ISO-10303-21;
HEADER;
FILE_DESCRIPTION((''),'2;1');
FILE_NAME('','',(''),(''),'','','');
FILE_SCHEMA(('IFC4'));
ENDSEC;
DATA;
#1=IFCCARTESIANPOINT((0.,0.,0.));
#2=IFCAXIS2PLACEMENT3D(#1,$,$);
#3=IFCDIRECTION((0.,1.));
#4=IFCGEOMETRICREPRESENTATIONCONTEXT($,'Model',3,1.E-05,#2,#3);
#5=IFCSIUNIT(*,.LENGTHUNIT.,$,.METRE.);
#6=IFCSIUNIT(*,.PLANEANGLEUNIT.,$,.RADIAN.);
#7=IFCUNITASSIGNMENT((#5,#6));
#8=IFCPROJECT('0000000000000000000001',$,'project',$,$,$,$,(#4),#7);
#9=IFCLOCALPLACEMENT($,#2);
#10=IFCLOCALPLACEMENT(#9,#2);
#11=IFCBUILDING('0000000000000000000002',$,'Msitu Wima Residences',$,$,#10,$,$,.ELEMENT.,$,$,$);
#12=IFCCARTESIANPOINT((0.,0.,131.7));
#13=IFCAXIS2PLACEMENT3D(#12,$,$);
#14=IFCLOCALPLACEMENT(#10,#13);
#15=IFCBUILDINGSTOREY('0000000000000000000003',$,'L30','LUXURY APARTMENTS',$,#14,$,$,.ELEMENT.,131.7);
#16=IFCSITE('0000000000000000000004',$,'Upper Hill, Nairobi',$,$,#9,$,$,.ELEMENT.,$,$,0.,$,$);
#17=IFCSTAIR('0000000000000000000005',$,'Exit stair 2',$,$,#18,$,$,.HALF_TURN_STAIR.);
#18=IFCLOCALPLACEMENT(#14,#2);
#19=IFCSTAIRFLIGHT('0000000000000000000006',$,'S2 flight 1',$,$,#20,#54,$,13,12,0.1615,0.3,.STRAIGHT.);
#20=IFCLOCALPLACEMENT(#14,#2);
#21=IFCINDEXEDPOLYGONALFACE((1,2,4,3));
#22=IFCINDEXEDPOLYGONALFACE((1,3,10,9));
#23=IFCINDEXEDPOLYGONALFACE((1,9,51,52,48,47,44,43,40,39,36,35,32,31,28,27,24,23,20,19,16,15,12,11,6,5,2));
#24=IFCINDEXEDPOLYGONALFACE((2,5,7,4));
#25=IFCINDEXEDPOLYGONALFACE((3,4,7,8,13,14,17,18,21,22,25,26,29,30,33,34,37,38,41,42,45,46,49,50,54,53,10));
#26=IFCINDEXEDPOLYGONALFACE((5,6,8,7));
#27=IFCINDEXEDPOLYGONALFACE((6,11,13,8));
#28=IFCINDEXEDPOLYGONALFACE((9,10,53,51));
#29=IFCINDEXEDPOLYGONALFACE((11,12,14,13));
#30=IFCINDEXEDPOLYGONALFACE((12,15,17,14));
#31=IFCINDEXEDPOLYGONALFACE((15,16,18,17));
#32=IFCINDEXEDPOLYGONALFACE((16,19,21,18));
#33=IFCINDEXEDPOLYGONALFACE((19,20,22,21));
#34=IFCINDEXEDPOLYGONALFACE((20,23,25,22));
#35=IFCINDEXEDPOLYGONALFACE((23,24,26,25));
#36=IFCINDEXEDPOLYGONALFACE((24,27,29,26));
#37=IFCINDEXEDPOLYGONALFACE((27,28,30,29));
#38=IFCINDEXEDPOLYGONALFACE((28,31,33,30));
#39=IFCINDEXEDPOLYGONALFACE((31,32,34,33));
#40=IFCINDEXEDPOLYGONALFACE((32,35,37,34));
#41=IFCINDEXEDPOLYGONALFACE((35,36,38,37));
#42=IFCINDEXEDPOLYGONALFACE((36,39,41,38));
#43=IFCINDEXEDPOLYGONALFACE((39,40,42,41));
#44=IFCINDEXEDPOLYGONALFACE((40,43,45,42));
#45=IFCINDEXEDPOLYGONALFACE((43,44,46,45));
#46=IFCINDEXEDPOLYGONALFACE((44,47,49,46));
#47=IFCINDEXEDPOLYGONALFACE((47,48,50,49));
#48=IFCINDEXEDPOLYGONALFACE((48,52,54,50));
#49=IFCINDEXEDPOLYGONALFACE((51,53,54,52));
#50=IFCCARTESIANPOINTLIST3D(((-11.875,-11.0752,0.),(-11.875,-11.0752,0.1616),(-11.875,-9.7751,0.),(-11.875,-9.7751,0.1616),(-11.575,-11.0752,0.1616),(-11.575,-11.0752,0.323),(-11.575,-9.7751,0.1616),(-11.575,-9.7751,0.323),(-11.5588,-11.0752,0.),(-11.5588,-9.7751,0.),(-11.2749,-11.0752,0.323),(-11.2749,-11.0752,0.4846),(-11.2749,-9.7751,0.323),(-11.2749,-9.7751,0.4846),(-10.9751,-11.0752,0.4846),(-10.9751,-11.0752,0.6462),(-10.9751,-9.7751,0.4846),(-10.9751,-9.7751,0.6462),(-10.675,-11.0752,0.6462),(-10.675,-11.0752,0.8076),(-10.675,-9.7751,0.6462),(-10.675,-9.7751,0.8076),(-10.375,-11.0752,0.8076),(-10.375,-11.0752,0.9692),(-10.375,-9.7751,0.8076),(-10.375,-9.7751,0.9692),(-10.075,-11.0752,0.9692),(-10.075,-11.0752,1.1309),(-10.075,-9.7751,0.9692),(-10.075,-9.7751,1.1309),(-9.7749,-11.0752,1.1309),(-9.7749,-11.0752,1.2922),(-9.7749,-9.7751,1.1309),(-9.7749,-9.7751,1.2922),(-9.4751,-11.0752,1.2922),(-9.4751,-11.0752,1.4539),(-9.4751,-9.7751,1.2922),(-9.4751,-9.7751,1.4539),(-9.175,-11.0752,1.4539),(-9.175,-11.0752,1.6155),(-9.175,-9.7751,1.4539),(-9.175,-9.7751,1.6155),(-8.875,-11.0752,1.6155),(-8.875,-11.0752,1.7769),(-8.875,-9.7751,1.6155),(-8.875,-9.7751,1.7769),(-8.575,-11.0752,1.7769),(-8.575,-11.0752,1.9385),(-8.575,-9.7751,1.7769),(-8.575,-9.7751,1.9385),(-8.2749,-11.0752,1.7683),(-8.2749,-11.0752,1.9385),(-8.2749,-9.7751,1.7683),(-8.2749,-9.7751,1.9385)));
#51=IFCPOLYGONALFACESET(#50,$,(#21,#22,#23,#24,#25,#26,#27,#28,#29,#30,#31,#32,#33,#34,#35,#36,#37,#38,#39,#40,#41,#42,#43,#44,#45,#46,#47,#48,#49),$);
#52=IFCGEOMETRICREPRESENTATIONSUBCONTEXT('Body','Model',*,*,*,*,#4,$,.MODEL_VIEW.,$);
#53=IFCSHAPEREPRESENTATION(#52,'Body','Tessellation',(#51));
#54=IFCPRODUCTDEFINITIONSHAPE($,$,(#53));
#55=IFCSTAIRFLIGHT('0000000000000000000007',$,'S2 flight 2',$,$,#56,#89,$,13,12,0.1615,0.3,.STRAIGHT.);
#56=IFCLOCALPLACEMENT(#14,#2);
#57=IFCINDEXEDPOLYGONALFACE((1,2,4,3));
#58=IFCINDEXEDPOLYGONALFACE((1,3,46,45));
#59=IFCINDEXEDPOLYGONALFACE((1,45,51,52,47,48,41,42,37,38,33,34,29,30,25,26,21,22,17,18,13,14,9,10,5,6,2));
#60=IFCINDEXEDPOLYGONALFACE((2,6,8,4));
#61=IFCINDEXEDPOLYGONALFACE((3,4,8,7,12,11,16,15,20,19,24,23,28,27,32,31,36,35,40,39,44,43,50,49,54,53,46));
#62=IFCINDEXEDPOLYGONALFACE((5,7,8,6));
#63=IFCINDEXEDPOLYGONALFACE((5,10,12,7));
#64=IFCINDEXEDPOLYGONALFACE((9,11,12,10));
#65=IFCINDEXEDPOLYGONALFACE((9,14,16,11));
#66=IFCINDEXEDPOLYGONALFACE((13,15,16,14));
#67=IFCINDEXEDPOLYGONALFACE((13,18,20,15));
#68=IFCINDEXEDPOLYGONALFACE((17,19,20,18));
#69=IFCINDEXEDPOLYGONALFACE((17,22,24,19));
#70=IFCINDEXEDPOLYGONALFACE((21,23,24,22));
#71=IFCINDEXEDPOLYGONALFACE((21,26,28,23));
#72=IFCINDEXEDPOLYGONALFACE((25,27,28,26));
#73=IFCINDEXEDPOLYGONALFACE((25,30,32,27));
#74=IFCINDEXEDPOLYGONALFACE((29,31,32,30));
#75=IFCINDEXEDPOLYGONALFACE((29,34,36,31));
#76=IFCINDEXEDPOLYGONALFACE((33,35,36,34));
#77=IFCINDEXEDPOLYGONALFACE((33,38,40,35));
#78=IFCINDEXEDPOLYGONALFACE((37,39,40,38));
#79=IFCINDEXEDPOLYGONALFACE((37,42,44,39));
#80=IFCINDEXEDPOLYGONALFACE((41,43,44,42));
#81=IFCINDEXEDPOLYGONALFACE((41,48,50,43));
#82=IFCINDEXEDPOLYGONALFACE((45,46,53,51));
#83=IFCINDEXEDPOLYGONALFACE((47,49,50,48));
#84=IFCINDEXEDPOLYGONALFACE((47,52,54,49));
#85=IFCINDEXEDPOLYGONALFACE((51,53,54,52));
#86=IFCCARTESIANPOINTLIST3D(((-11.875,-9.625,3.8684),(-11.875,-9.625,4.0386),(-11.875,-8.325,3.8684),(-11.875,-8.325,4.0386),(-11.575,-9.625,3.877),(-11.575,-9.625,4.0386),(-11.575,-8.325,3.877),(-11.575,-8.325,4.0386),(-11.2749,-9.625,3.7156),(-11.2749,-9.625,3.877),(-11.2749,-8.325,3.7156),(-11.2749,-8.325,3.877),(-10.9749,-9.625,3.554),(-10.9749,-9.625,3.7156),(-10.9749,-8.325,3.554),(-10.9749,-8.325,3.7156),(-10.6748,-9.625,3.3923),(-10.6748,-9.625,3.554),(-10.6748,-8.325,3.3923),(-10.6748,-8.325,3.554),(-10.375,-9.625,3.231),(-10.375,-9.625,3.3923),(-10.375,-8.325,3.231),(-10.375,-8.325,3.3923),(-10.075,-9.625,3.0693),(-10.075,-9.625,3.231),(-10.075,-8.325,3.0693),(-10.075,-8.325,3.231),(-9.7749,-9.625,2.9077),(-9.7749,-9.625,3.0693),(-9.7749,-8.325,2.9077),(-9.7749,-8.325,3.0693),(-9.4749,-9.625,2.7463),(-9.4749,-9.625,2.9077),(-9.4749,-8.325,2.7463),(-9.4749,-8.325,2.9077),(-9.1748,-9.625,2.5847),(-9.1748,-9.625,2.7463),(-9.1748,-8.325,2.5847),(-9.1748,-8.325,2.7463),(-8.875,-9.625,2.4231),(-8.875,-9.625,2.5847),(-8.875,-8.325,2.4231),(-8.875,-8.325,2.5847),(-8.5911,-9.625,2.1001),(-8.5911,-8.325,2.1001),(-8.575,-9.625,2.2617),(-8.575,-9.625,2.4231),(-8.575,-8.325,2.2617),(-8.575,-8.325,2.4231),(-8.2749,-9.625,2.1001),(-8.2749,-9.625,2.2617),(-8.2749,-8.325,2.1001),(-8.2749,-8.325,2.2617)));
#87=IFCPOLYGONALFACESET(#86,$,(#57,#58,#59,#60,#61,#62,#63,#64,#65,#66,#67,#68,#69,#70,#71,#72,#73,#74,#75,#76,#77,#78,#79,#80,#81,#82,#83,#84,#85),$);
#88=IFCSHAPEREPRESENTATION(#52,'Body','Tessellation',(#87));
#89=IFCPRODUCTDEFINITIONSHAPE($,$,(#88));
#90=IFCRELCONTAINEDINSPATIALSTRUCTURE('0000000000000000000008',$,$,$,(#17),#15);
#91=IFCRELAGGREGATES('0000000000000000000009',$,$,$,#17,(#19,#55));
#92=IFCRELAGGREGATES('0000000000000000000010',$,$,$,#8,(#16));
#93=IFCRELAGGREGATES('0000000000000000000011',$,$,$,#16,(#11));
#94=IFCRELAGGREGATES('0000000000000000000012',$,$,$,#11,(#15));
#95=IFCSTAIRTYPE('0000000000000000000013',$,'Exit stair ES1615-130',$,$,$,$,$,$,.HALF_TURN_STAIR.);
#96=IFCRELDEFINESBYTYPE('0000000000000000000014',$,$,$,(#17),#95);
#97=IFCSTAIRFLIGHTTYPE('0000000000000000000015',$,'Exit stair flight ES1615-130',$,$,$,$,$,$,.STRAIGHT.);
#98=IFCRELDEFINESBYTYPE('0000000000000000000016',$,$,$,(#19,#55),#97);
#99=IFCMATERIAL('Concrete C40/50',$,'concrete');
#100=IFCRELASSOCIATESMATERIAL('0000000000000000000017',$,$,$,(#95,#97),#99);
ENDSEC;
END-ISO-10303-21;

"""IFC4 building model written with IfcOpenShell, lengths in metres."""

from ifc_helpers import new_model, si_unit, direction, frame, origin, place, context, subcontext, project, spatial, polyline, outline, extrude, material, type_object, element, aggregate, save


model = new_model("IFC4")

# Units and contexts
model_context = context("Model", 3, precision=1e-05, world=origin(), true_north=direction((0.0, 1.0)))
body_context = subcontext(model_context, "Body", "Model", "MODEL_VIEW")
ifc_project = project(units=[si_unit("LENGTHUNIT", "METRE"), si_unit("PLANEANGLEUNIT", "RADIAN")], contexts=[model_context])

# Site, building, storey
site_placement = place(None, origin())
site = spatial("IfcSite", under=ifc_project, at=site_placement, Name="Upper Hill, Nairobi", CompositionType="ELEMENT", RefElevation=0.0)
building_placement = place(site_placement, origin())
building = spatial("IfcBuilding", under=site, at=building_placement, Name="Msitu Wima Residences", CompositionType="ELEMENT")
storey_placement = place(building_placement, frame((0.0, 0.0, 131.7)))
storey = spatial("IfcBuildingStorey", under=building, at=storey_placement, Name="L30", Description="LUXURY APARTMENTS", CompositionType="ELEMENT", Elevation=131.7)

# Stair, stair flights
ifc_material_1 = material(Name="Concrete C40/50", Category="concrete")
stair_type = type_object("IfcStairType", Name="Exit stair ES1615-130", PredefinedType="HALF_TURN_STAIR", material=ifc_material_1)
stair_placement = place(storey_placement, origin())
stair = element("IfcStair", 1, at=stair_placement, inside=storey, type_object=stair_type, Name="Exit stair 2", PredefinedType="HALF_TURN_STAIR")
stair_flight_type = type_object("IfcStairFlightType", Name="Exit stair flight ES1615-130", PredefinedType="STRAIGHT", material=ifc_material_1)
stair_flight_1_placement = place(storey_placement, frame((-11.875, -10.425, 0.0), z_axis=(0.0, 0.0, 1.0), x_axis=(1.0, 0.0, 0.0)))
stair_flight_1 = element("IfcStairFlight", 2, at=stair_flight_1_placement, type_object=stair_flight_type, Name="S2 flight 1", NumberOfRisers=13, NumberOfTreads=12, PredefinedType="STRAIGHT", RiserHeight=0.1615, TreadLength=0.3, context=body_context, shape_type="SweptSolid", body=[
    extrude(outline(polyline([(0.0, 0.0), (0.0, 0.1616), (0.3, 0.1616), (0.3, 0.323), (0.6001, 0.323), (0.6001, 0.4846), (0.8999, 0.4846), (0.8999, 0.6462), (1.2, 0.6462), (1.2, 0.8076), (1.5, 0.8076), (1.5, 0.9692), (1.8, 0.9692), (1.8, 1.1309), (2.1001, 1.1309), (2.1001, 1.2922), (2.3999, 1.2922), (2.3999, 1.4539), (2.7, 1.4539), (2.7, 1.6155), (3.0, 1.6155), (3.0, 1.7769), (3.3, 1.7769), (3.3, 1.9385), (3.6001, 1.9385), (3.6001, 2.1001), (3.6001, 1.7683), (0.3162, 0.0), (0.0, 0.0)])), frame((0.0, 0.6499, 0.0), z_axis=(0.0, -1.0, 0.0), x_axis=(1.0, 0.0, 0.0)), (0.0, 0.0, 1.0), 1.3),
])
stair_flight_2_placement = place(storey_placement, frame((-8.2749, -8.9751, 2.1001), z_axis=(0.0, 0.0, 1.0), x_axis=(-1.0, 0.0, 0.0)))
stair_flight_2 = element("IfcStairFlight", 3, at=stair_flight_2_placement, type_object=stair_flight_type, Name="S2 flight 2", NumberOfRisers=13, NumberOfTreads=12, PredefinedType="STRAIGHT", RiserHeight=0.1615, TreadLength=0.3, context=body_context, shape_type="SweptSolid", body=[
    extrude(outline(polyline([(0.0, 0.0), (0.0, 0.1616), (0.3, 0.1616), (0.3, 0.323), (0.6001, 0.323), (0.6001, 0.4846), (0.8999, 0.4846), (0.8999, 0.6462), (1.2, 0.6462), (1.2, 0.8076), (1.5, 0.8076), (1.5, 0.9692), (1.8, 0.9692), (1.8, 1.1309), (2.1001, 1.1309), (2.1001, 1.2922), (2.3999, 1.2922), (2.3999, 1.4539), (2.7, 1.4539), (2.7, 1.6155), (3.0, 1.6155), (3.0, 1.7769), (3.3, 1.7769), (3.3, 1.9385), (3.6001, 1.9385), (3.6001, 2.1001), (3.6001, 1.7683), (0.3162, 0.0), (0.0, 0.0)])), frame((0.0, 0.6499, 0.0), z_axis=(0.0, -1.0, 0.0), x_axis=(1.0, 0.0, 0.0)), (0.0, 0.0, 1.0), 1.3),
])
aggregate(stair, [stair_flight_1, stair_flight_2])

save(model, "model.ifc")
